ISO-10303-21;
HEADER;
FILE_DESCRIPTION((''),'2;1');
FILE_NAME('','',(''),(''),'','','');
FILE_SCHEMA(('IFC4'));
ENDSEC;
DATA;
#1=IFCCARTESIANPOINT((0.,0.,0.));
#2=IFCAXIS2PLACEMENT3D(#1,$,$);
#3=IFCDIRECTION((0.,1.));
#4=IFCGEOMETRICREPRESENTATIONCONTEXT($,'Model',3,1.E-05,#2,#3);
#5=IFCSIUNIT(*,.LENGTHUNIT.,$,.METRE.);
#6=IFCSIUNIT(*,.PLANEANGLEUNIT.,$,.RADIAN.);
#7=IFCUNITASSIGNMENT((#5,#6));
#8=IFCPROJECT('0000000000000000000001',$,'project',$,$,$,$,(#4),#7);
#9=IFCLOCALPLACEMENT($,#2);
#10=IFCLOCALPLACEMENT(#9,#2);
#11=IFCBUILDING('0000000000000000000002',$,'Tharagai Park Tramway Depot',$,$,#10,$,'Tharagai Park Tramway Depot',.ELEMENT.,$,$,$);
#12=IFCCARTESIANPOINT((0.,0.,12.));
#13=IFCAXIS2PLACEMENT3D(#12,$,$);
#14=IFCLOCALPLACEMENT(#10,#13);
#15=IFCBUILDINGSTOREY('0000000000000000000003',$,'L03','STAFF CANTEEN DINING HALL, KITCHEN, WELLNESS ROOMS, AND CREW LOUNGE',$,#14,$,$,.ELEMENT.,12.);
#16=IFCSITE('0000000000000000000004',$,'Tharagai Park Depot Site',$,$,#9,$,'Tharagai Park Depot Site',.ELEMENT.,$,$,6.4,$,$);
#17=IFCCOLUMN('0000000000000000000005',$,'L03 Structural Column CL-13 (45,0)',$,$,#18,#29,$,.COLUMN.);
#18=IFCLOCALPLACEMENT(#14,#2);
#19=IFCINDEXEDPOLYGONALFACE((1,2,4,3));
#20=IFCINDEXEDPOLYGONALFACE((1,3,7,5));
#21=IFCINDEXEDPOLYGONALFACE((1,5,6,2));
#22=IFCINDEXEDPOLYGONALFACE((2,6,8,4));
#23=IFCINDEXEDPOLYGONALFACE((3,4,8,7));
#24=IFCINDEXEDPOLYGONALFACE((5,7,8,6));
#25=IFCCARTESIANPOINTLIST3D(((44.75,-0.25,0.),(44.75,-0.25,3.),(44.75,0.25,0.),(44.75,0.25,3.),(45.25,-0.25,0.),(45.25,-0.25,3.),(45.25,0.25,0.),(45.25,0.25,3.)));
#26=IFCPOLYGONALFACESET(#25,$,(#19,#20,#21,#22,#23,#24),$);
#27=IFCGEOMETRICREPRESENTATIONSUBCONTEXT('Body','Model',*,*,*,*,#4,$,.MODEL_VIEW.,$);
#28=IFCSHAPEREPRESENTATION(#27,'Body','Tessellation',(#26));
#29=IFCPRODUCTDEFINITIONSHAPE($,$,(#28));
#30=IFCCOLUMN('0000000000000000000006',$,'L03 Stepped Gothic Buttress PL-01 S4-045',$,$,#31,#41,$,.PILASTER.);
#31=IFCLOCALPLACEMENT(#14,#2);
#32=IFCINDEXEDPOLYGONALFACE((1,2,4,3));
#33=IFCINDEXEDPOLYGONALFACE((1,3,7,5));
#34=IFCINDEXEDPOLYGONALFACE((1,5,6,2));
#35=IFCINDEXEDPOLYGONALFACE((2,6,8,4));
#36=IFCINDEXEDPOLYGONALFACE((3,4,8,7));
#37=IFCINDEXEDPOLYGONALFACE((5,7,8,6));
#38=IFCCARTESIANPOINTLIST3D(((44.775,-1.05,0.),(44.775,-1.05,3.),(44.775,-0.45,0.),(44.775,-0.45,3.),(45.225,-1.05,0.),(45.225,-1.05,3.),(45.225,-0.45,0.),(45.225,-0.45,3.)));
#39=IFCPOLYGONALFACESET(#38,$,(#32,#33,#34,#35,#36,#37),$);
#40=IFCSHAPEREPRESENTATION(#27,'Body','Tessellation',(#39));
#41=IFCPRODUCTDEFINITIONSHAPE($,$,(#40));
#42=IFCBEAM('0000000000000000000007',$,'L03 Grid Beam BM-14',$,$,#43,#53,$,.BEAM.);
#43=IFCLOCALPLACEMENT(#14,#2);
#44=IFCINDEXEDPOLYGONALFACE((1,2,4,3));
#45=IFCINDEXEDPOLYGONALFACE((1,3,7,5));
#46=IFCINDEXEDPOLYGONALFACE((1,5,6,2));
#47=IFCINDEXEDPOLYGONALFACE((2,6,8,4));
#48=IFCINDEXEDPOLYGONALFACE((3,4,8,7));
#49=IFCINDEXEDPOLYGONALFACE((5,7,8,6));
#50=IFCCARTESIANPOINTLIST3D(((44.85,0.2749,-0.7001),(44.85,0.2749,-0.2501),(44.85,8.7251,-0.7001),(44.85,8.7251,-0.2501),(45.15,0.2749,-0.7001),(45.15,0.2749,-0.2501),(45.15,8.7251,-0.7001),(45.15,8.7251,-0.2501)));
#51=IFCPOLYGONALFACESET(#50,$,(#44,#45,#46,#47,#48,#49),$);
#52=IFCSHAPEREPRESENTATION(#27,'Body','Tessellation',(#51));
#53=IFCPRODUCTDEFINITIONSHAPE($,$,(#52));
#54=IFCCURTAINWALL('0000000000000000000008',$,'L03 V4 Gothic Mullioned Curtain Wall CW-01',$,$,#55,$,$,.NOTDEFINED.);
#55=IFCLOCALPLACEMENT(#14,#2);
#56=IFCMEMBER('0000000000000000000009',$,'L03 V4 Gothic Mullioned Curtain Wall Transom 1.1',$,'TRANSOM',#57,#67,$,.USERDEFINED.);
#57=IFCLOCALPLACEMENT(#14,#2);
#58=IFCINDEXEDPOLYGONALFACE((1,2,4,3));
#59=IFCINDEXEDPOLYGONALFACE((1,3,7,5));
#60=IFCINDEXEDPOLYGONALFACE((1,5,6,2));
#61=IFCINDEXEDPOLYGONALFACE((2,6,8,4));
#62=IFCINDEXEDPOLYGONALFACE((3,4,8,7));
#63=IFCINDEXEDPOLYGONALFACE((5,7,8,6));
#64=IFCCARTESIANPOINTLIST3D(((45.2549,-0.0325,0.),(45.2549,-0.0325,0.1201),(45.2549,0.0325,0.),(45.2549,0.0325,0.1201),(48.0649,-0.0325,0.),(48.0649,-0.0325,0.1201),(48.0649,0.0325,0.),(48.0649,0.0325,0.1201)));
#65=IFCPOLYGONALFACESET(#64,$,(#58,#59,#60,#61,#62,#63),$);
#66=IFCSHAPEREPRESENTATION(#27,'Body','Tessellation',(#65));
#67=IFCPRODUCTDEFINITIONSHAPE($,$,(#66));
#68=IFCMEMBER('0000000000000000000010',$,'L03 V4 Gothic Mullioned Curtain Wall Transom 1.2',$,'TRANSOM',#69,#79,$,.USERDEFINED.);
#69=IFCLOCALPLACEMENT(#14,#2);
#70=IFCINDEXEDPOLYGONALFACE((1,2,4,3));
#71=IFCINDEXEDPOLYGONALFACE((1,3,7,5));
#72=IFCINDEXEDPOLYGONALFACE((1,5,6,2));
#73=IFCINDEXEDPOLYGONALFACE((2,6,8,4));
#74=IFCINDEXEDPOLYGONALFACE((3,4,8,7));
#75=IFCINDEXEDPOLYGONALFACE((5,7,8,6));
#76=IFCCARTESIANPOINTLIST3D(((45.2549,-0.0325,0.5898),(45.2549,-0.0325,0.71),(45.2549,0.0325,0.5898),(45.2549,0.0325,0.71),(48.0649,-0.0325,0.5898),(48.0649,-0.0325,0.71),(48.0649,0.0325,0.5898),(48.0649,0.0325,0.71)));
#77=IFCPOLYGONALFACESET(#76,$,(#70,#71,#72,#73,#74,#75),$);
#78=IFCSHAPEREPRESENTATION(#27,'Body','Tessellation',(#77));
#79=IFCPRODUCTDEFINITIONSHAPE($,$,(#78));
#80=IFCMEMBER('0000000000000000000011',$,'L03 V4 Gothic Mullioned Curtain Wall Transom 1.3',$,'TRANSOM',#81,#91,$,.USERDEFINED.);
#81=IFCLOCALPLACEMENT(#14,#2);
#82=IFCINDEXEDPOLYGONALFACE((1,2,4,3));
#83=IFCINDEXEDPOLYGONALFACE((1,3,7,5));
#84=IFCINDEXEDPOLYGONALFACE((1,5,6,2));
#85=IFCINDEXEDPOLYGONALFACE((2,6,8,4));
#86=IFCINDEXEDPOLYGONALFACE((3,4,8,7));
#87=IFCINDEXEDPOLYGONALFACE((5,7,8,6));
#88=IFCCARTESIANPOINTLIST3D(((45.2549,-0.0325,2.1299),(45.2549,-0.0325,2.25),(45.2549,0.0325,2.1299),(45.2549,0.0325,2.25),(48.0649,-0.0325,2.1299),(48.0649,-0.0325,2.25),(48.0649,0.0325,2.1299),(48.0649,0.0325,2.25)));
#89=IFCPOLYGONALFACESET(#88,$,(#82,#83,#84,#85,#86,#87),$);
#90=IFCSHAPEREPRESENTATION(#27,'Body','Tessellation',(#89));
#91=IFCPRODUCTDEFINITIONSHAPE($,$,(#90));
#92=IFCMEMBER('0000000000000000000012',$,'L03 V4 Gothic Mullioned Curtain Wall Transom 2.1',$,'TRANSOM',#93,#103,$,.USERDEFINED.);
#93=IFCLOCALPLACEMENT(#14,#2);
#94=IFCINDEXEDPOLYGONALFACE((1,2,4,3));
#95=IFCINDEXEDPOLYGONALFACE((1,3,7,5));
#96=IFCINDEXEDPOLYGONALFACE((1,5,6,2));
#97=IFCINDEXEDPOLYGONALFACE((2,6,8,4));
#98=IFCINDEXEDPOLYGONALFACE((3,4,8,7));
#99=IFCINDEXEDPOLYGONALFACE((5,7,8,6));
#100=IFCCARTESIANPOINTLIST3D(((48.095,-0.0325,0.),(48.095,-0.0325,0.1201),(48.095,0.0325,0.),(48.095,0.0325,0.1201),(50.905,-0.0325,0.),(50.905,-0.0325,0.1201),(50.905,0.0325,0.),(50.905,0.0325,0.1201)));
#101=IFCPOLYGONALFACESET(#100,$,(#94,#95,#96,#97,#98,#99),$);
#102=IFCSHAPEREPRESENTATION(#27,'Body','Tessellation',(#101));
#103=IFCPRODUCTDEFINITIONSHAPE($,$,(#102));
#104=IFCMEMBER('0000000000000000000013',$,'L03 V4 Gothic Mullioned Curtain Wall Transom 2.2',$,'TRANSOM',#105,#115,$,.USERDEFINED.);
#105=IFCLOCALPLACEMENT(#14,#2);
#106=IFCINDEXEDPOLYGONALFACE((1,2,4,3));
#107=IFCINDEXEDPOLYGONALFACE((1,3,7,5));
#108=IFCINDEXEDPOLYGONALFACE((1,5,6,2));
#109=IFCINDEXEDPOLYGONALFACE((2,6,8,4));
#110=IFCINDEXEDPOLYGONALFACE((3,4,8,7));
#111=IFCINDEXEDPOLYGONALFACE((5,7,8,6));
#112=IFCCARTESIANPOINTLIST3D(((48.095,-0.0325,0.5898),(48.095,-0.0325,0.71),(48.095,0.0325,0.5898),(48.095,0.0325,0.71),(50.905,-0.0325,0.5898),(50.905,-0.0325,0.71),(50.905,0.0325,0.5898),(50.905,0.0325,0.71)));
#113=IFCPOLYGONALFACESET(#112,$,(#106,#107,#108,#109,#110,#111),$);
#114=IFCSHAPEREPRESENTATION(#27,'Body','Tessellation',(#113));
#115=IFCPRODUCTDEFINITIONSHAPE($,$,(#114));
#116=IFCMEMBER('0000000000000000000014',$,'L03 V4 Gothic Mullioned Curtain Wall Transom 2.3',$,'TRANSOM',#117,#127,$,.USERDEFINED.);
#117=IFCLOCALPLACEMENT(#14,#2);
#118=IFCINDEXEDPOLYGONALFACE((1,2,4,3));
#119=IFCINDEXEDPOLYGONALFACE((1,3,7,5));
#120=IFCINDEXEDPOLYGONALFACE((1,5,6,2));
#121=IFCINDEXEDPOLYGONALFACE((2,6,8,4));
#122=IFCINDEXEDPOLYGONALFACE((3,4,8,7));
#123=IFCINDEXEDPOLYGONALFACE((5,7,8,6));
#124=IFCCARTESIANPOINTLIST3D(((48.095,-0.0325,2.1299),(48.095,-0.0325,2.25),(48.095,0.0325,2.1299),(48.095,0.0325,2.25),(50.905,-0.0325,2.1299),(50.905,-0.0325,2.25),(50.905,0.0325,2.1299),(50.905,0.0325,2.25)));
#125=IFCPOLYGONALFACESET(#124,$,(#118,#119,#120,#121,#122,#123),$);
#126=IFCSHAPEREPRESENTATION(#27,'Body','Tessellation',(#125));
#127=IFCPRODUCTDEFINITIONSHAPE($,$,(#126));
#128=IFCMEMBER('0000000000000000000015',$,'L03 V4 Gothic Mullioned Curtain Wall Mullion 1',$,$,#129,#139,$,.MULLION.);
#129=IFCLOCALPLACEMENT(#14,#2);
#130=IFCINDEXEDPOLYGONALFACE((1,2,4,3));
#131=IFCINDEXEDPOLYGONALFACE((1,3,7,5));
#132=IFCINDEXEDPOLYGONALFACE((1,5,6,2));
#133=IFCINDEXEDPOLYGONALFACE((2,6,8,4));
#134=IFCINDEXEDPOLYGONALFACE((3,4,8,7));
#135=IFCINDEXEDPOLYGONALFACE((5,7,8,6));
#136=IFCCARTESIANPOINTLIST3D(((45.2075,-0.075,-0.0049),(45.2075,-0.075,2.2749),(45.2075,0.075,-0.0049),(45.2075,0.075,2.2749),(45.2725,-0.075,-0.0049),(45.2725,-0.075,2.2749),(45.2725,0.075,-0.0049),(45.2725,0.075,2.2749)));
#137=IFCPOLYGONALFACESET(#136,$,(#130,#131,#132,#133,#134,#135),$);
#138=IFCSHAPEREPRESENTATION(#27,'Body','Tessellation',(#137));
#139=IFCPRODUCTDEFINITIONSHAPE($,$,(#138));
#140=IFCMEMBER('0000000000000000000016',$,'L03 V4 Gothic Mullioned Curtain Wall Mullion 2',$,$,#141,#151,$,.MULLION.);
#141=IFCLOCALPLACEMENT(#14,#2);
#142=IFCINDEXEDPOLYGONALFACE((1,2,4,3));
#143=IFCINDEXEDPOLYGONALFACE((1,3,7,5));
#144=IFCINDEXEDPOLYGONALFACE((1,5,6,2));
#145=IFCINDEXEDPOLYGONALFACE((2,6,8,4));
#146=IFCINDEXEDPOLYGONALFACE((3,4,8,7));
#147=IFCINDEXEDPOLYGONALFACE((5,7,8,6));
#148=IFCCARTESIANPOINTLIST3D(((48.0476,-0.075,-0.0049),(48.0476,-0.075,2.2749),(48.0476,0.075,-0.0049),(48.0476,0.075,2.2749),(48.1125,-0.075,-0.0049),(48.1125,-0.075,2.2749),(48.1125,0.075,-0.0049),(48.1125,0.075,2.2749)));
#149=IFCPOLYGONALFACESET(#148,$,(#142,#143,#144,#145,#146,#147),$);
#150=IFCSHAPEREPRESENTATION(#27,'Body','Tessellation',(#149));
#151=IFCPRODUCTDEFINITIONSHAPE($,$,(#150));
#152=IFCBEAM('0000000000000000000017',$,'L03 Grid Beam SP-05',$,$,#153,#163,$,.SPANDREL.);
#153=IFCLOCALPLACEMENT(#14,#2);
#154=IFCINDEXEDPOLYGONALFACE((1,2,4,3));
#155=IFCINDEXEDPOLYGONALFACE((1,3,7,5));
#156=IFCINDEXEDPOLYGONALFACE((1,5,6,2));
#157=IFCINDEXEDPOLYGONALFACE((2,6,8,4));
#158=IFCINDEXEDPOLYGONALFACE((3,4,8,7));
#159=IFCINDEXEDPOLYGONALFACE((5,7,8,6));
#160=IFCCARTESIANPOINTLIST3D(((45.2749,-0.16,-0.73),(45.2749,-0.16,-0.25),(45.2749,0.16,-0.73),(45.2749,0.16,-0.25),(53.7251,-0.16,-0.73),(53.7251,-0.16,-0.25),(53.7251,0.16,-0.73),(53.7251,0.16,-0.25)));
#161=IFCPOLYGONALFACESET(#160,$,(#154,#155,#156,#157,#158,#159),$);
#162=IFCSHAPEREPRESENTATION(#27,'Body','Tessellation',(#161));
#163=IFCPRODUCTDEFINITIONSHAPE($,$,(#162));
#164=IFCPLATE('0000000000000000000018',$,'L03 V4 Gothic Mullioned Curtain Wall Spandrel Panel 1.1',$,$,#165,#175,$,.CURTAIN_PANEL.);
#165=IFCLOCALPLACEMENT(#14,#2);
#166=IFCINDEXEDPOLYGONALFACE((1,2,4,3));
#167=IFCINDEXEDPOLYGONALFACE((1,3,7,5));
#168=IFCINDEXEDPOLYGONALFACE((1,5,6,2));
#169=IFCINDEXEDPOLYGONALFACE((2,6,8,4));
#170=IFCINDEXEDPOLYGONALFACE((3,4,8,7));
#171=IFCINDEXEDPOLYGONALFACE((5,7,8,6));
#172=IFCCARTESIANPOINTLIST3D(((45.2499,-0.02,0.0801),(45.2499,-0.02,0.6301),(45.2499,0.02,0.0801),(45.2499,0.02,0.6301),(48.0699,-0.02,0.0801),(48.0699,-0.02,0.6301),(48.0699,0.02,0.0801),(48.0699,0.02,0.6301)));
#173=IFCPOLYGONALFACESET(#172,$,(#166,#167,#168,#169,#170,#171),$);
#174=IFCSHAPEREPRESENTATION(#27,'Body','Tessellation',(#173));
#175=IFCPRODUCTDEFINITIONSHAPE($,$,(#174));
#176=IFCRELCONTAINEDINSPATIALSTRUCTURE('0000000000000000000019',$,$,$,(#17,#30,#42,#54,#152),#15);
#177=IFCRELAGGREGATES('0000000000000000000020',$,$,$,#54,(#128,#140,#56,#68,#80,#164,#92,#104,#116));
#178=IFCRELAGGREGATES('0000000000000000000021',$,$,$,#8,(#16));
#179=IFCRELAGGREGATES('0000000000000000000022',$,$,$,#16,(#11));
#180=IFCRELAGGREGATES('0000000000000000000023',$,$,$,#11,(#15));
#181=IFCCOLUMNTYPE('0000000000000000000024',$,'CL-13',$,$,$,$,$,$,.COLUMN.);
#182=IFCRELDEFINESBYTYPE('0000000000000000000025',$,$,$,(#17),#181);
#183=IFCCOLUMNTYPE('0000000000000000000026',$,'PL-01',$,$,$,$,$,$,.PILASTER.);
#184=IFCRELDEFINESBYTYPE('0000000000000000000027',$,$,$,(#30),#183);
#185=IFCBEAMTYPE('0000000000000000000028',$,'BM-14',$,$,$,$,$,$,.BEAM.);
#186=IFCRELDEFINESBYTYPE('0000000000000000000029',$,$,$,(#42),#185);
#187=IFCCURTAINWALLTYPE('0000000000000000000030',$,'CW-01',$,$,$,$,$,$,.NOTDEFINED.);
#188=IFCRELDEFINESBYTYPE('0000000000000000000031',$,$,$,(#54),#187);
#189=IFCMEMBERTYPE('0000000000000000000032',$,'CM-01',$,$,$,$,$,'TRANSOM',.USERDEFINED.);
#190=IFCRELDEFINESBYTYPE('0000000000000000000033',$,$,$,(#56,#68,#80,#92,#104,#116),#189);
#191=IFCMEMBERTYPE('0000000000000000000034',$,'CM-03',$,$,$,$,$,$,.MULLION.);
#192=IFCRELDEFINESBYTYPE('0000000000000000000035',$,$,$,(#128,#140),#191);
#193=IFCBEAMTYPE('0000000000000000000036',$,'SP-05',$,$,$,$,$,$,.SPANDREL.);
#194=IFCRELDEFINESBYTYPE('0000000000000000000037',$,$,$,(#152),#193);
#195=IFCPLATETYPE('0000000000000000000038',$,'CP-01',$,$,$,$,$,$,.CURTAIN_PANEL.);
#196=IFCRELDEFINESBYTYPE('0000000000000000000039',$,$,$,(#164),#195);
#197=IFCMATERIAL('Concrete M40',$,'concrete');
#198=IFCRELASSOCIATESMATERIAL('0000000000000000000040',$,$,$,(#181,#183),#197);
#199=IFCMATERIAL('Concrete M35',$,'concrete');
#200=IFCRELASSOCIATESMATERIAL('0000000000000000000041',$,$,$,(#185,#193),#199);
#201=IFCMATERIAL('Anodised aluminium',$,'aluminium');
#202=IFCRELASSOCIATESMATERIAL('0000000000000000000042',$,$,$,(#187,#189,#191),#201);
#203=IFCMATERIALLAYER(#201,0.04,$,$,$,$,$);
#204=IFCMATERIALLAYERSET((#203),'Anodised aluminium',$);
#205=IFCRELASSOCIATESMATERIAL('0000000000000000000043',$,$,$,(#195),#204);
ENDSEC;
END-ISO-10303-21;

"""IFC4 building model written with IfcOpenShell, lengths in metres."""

from ifc_helpers import new_model, si_unit, direction, frame, origin, origin_2d, place, context, subcontext, project, spatial, rectangle, extrude, material, layer, layer_set, material_profile, profile_set, type_object, element, aggregate, save


model = new_model("IFC4")

# Units and contexts
model_context = context("Model", 3, precision=1e-05, world=origin(), true_north=direction((0.0, 1.0)))
body_context = subcontext(model_context, "Body", "Model", "MODEL_VIEW")
ifc_project = project(units=[si_unit("LENGTHUNIT", "METRE"), si_unit("PLANEANGLEUNIT", "RADIAN")], contexts=[model_context])

# Site, building, storey
site_placement = place(None, origin())
site = spatial("IfcSite", under=ifc_project, at=site_placement, Name="Tharagai Park Depot Site", LongName="Tharagai Park Depot Site", CompositionType="ELEMENT", RefElevation=6.4)
building_placement = place(site_placement, origin())
building = spatial("IfcBuilding", under=site, at=building_placement, Name="Tharagai Park Tramway Depot", LongName="Tharagai Park Tramway Depot", CompositionType="ELEMENT")
storey_placement = place(building_placement, frame((0.0, 0.0, 12.0)))
storey = spatial("IfcBuildingStorey", under=building, at=storey_placement, Name="L03", Description="STAFF CANTEEN DINING HALL, KITCHEN, WELLNESS ROOMS, AND CREW LOUNGE", CompositionType="ELEMENT", Elevation=12.0)

# Columns
ifc_material_1 = material(Name="Concrete M40", Category="concrete")
ifc_material_profile_1 = material_profile(ifc_material_1, rectangle(XDim=0.5, YDim=0.5, at=origin_2d()), Name="RC 500x500")
ifc_profile_set_1 = profile_set([ifc_material_profile_1], Name="Concrete M40")
column_type_1 = type_object("IfcColumnType", Name="CL-13", PredefinedType="COLUMN", material=ifc_profile_set_1)
column_1_placement = place(storey_placement, frame((45.0, 0.0, 0.0), z_axis=(0.0, 0.0, 1.0), x_axis=(1.0, 0.0, 0.0)))
element("IfcColumn", 1, at=column_1_placement, inside=storey, type_object=column_type_1, Name="L03 Structural Column CL-13 (45,0)", PredefinedType="COLUMN", context=body_context, shape_type="SweptSolid", body=[
    extrude(rectangle(XDim=0.5, YDim=0.5, at=origin_2d()), origin(), (0.0, 0.0, 1.0), 3.0),
])
ifc_material_profile_2 = material_profile(ifc_material_1, rectangle(XDim=0.45, YDim=0.6001, at=origin_2d()), Name="RC 450x600")
ifc_profile_set_2 = profile_set([ifc_material_profile_2], Name="Concrete M40")
column_type_2 = type_object("IfcColumnType", Name="PL-01", PredefinedType="PILASTER", material=ifc_profile_set_2)
column_2_placement = place(storey_placement, frame((45.0, -0.75, 0.0), z_axis=(0.0, 0.0, 1.0), x_axis=(1.0, 0.0, 0.0)))
element("IfcColumn", 2, at=column_2_placement, inside=storey, type_object=column_type_2, Name="L03 Stepped Gothic Buttress PL-01 S4-045", PredefinedType="PILASTER", context=body_context, shape_type="SweptSolid", body=[
    extrude(rectangle(XDim=0.45, YDim=0.6001, at=origin_2d()), origin(), (0.0, 0.0, 1.0), 3.0),
])

# Beam
ifc_material_2 = material(Name="Concrete M35", Category="concrete")
ifc_material_profile_3 = material_profile(ifc_material_2, rectangle(XDim=0.3, YDim=0.45, at=origin_2d()), Name="RC 300x450")
ifc_profile_set_3 = profile_set([ifc_material_profile_3], Name="Concrete M35")
beam_type_1 = type_object("IfcBeamType", Name="BM-14", PredefinedType="BEAM", material=ifc_profile_set_3)
beam_1_placement = place(storey_placement, frame((45.0, 0.2749, -0.4751), z_axis=(0.0, 1.0, 0.0), x_axis=(-1.0, 0.0, 0.0)))
element("IfcBeam", 3, at=beam_1_placement, inside=storey, type_object=beam_type_1, Name="L03 Grid Beam BM-14", PredefinedType="BEAM", context=body_context, shape_type="SweptSolid", body=[
    extrude(rectangle(XDim=0.3, YDim=0.45, at=origin_2d()), origin(), (0.0, 0.0, 1.0), 8.4502),
])

# Curtain wall, members
ifc_material_3 = material(Name="Anodised aluminium", Category="aluminium")
curtain_wall_type = type_object("IfcCurtainWallType", Name="CW-01", PredefinedType="NOTDEFINED", material=ifc_material_3)
curtain_wall_placement = place(storey_placement, origin())
curtain_wall = element("IfcCurtainWall", 4, at=curtain_wall_placement, inside=storey, type_object=curtain_wall_type, Name="L03 V4 Gothic Mullioned Curtain Wall CW-01", PredefinedType="NOTDEFINED")
ifc_material_profile_4 = material_profile(ifc_material_3, rectangle(XDim=0.0649, YDim=0.1201, at=origin_2d()), Name="ALU 65x120")
ifc_profile_set_4 = profile_set([ifc_material_profile_4], Name="Anodised aluminium")
member_type_1 = type_object("IfcMemberType", Name="CM-01", ElementType="TRANSOM", PredefinedType="USERDEFINED", material=ifc_profile_set_4)
member_1_placement = place(storey_placement, frame((45.2549, 0.0, 0.0601), z_axis=(1.0, 0.0, 0.0), x_axis=(0.0, 1.0, 0.0)))
member_1 = element("IfcMember", 5, at=member_1_placement, type_object=member_type_1, Name="L03 V4 Gothic Mullioned Curtain Wall Transom 1.1", ObjectType="TRANSOM", PredefinedType="USERDEFINED", context=body_context, shape_type="SweptSolid", body=[
    extrude(rectangle(XDim=0.0649, YDim=0.1201, at=origin_2d()), origin(), (0.0, 0.0, 1.0), 2.8101),
])
member_2_placement = place(storey_placement, frame((45.2549, 0.0, 0.6499), z_axis=(1.0, 0.0, 0.0), x_axis=(0.0, 1.0, 0.0)))
member_2 = element("IfcMember", 6, at=member_2_placement, type_object=member_type_1, Name="L03 V4 Gothic Mullioned Curtain Wall Transom 1.2", ObjectType="TRANSOM", PredefinedType="USERDEFINED", context=body_context, shape_type="SweptSolid", body=[
    extrude(rectangle(XDim=0.0649, YDim=0.1201, at=origin_2d()), origin(), (0.0, 0.0, 1.0), 2.8101),
])
member_3_placement = place(storey_placement, frame((45.2549, 0.0, 2.1899), z_axis=(1.0, 0.0, 0.0), x_axis=(0.0, 1.0, 0.0)))
member_3 = element("IfcMember", 7, at=member_3_placement, type_object=member_type_1, Name="L03 V4 Gothic Mullioned Curtain Wall Transom 1.3", ObjectType="TRANSOM", PredefinedType="USERDEFINED", context=body_context, shape_type="SweptSolid", body=[
    extrude(rectangle(XDim=0.0649, YDim=0.1201, at=origin_2d()), origin(), (0.0, 0.0, 1.0), 2.8101),
])
member_4_placement = place(storey_placement, frame((48.095, 0.0, 0.0601), z_axis=(1.0, 0.0, 0.0), x_axis=(0.0, 1.0, 0.0)))
member_4 = element("IfcMember", 8, at=member_4_placement, type_object=member_type_1, Name="L03 V4 Gothic Mullioned Curtain Wall Transom 2.1", ObjectType="TRANSOM", PredefinedType="USERDEFINED", context=body_context, shape_type="SweptSolid", body=[
    extrude(rectangle(XDim=0.0649, YDim=0.1201, at=origin_2d()), origin(), (0.0, 0.0, 1.0), 2.8101),
])
member_5_placement = place(storey_placement, frame((48.095, 0.0, 0.6499), z_axis=(1.0, 0.0, 0.0), x_axis=(0.0, 1.0, 0.0)))
member_5 = element("IfcMember", 9, at=member_5_placement, type_object=member_type_1, Name="L03 V4 Gothic Mullioned Curtain Wall Transom 2.2", ObjectType="TRANSOM", PredefinedType="USERDEFINED", context=body_context, shape_type="SweptSolid", body=[
    extrude(rectangle(XDim=0.0649, YDim=0.1201, at=origin_2d()), origin(), (0.0, 0.0, 1.0), 2.8101),
])
member_6_placement = place(storey_placement, frame((48.095, 0.0, 2.1899), z_axis=(1.0, 0.0, 0.0), x_axis=(0.0, 1.0, 0.0)))
member_6 = element("IfcMember", 10, at=member_6_placement, type_object=member_type_1, Name="L03 V4 Gothic Mullioned Curtain Wall Transom 2.3", ObjectType="TRANSOM", PredefinedType="USERDEFINED", context=body_context, shape_type="SweptSolid", body=[
    extrude(rectangle(XDim=0.0649, YDim=0.1201, at=origin_2d()), origin(), (0.0, 0.0, 1.0), 2.8101),
])
ifc_material_profile_5 = material_profile(ifc_material_3, rectangle(XDim=0.0649, YDim=0.1499, at=origin_2d()), Name="ALU 65x150")
ifc_profile_set_5 = profile_set([ifc_material_profile_5], Name="Anodised aluminium")
member_type_2 = type_object("IfcMemberType", Name="CM-03", PredefinedType="MULLION", material=ifc_profile_set_5)
member_7_placement = place(storey_placement, frame((45.24, 0.0, -0.0049), z_axis=(0.0, 0.0, 1.0), x_axis=(1.0, 0.0, 0.0)))
member_7 = element("IfcMember", 11, at=member_7_placement, type_object=member_type_2, Name="L03 V4 Gothic Mullioned Curtain Wall Mullion 1", PredefinedType="MULLION", context=body_context, shape_type="SweptSolid", body=[
    extrude(rectangle(XDim=0.0649, YDim=0.1499, at=origin_2d()), origin(), (0.0, 0.0, 1.0), 2.2798),
])
member_8_placement = place(storey_placement, frame((48.0801, 0.0, -0.0049), z_axis=(0.0, 0.0, 1.0), x_axis=(1.0, 0.0, 0.0)))
member_8 = element("IfcMember", 12, at=member_8_placement, type_object=member_type_2, Name="L03 V4 Gothic Mullioned Curtain Wall Mullion 2", PredefinedType="MULLION", context=body_context, shape_type="SweptSolid", body=[
    extrude(rectangle(XDim=0.0649, YDim=0.1499, at=origin_2d()), origin(), (0.0, 0.0, 1.0), 2.2798),
])

# Beam
ifc_material_profile_6 = material_profile(ifc_material_2, rectangle(XDim=0.3201, YDim=0.48, at=origin_2d()), Name="RC 320x480")
ifc_profile_set_6 = profile_set([ifc_material_profile_6], Name="Concrete M35")
beam_type_2 = type_object("IfcBeamType", Name="SP-05", PredefinedType="SPANDREL", material=ifc_profile_set_6)
beam_2_placement = place(storey_placement, frame((45.2749, 0.0, -0.49), z_axis=(1.0, 0.0, 0.0), x_axis=(0.0, 1.0, 0.0)))
element("IfcBeam", 13, at=beam_2_placement, inside=storey, type_object=beam_type_2, Name="L03 Grid Beam SP-05", PredefinedType="SPANDREL", context=body_context, shape_type="SweptSolid", body=[
    extrude(rectangle(XDim=0.3201, YDim=0.48, at=origin_2d()), origin(), (0.0, 0.0, 1.0), 8.4502),
])

# Plate
ifc_layer_1 = layer(ifc_material_3, 0.04)
ifc_layer_set_1 = layer_set([ifc_layer_1], Name="Anodised aluminium")
plate_type_1 = type_object("IfcPlateType", Name="CP-01", PredefinedType="CURTAIN_PANEL", material=ifc_layer_set_1)
plate_1_placement = place(storey_placement, frame((46.6599, 0.0, 0.0801), z_axis=(0.0, 0.0, 1.0), x_axis=(1.0, 0.0, 0.0)))
plate_1 = element("IfcPlate", 14, at=plate_1_placement, type_object=plate_type_1, Name="L03 V4 Gothic Mullioned Curtain Wall Spandrel Panel 1.1", PredefinedType="CURTAIN_PANEL", context=body_context, shape_type="SweptSolid", body=[
    extrude(rectangle(XDim=2.8201, YDim=0.04, at=origin_2d()), origin(), (0.0, 0.0, 1.0), 0.55),
])
aggregate(curtain_wall, [member_7, member_8, member_1, member_2, member_3, plate_1, member_4, member_5, member_6])

save(model, "model.ifc")
